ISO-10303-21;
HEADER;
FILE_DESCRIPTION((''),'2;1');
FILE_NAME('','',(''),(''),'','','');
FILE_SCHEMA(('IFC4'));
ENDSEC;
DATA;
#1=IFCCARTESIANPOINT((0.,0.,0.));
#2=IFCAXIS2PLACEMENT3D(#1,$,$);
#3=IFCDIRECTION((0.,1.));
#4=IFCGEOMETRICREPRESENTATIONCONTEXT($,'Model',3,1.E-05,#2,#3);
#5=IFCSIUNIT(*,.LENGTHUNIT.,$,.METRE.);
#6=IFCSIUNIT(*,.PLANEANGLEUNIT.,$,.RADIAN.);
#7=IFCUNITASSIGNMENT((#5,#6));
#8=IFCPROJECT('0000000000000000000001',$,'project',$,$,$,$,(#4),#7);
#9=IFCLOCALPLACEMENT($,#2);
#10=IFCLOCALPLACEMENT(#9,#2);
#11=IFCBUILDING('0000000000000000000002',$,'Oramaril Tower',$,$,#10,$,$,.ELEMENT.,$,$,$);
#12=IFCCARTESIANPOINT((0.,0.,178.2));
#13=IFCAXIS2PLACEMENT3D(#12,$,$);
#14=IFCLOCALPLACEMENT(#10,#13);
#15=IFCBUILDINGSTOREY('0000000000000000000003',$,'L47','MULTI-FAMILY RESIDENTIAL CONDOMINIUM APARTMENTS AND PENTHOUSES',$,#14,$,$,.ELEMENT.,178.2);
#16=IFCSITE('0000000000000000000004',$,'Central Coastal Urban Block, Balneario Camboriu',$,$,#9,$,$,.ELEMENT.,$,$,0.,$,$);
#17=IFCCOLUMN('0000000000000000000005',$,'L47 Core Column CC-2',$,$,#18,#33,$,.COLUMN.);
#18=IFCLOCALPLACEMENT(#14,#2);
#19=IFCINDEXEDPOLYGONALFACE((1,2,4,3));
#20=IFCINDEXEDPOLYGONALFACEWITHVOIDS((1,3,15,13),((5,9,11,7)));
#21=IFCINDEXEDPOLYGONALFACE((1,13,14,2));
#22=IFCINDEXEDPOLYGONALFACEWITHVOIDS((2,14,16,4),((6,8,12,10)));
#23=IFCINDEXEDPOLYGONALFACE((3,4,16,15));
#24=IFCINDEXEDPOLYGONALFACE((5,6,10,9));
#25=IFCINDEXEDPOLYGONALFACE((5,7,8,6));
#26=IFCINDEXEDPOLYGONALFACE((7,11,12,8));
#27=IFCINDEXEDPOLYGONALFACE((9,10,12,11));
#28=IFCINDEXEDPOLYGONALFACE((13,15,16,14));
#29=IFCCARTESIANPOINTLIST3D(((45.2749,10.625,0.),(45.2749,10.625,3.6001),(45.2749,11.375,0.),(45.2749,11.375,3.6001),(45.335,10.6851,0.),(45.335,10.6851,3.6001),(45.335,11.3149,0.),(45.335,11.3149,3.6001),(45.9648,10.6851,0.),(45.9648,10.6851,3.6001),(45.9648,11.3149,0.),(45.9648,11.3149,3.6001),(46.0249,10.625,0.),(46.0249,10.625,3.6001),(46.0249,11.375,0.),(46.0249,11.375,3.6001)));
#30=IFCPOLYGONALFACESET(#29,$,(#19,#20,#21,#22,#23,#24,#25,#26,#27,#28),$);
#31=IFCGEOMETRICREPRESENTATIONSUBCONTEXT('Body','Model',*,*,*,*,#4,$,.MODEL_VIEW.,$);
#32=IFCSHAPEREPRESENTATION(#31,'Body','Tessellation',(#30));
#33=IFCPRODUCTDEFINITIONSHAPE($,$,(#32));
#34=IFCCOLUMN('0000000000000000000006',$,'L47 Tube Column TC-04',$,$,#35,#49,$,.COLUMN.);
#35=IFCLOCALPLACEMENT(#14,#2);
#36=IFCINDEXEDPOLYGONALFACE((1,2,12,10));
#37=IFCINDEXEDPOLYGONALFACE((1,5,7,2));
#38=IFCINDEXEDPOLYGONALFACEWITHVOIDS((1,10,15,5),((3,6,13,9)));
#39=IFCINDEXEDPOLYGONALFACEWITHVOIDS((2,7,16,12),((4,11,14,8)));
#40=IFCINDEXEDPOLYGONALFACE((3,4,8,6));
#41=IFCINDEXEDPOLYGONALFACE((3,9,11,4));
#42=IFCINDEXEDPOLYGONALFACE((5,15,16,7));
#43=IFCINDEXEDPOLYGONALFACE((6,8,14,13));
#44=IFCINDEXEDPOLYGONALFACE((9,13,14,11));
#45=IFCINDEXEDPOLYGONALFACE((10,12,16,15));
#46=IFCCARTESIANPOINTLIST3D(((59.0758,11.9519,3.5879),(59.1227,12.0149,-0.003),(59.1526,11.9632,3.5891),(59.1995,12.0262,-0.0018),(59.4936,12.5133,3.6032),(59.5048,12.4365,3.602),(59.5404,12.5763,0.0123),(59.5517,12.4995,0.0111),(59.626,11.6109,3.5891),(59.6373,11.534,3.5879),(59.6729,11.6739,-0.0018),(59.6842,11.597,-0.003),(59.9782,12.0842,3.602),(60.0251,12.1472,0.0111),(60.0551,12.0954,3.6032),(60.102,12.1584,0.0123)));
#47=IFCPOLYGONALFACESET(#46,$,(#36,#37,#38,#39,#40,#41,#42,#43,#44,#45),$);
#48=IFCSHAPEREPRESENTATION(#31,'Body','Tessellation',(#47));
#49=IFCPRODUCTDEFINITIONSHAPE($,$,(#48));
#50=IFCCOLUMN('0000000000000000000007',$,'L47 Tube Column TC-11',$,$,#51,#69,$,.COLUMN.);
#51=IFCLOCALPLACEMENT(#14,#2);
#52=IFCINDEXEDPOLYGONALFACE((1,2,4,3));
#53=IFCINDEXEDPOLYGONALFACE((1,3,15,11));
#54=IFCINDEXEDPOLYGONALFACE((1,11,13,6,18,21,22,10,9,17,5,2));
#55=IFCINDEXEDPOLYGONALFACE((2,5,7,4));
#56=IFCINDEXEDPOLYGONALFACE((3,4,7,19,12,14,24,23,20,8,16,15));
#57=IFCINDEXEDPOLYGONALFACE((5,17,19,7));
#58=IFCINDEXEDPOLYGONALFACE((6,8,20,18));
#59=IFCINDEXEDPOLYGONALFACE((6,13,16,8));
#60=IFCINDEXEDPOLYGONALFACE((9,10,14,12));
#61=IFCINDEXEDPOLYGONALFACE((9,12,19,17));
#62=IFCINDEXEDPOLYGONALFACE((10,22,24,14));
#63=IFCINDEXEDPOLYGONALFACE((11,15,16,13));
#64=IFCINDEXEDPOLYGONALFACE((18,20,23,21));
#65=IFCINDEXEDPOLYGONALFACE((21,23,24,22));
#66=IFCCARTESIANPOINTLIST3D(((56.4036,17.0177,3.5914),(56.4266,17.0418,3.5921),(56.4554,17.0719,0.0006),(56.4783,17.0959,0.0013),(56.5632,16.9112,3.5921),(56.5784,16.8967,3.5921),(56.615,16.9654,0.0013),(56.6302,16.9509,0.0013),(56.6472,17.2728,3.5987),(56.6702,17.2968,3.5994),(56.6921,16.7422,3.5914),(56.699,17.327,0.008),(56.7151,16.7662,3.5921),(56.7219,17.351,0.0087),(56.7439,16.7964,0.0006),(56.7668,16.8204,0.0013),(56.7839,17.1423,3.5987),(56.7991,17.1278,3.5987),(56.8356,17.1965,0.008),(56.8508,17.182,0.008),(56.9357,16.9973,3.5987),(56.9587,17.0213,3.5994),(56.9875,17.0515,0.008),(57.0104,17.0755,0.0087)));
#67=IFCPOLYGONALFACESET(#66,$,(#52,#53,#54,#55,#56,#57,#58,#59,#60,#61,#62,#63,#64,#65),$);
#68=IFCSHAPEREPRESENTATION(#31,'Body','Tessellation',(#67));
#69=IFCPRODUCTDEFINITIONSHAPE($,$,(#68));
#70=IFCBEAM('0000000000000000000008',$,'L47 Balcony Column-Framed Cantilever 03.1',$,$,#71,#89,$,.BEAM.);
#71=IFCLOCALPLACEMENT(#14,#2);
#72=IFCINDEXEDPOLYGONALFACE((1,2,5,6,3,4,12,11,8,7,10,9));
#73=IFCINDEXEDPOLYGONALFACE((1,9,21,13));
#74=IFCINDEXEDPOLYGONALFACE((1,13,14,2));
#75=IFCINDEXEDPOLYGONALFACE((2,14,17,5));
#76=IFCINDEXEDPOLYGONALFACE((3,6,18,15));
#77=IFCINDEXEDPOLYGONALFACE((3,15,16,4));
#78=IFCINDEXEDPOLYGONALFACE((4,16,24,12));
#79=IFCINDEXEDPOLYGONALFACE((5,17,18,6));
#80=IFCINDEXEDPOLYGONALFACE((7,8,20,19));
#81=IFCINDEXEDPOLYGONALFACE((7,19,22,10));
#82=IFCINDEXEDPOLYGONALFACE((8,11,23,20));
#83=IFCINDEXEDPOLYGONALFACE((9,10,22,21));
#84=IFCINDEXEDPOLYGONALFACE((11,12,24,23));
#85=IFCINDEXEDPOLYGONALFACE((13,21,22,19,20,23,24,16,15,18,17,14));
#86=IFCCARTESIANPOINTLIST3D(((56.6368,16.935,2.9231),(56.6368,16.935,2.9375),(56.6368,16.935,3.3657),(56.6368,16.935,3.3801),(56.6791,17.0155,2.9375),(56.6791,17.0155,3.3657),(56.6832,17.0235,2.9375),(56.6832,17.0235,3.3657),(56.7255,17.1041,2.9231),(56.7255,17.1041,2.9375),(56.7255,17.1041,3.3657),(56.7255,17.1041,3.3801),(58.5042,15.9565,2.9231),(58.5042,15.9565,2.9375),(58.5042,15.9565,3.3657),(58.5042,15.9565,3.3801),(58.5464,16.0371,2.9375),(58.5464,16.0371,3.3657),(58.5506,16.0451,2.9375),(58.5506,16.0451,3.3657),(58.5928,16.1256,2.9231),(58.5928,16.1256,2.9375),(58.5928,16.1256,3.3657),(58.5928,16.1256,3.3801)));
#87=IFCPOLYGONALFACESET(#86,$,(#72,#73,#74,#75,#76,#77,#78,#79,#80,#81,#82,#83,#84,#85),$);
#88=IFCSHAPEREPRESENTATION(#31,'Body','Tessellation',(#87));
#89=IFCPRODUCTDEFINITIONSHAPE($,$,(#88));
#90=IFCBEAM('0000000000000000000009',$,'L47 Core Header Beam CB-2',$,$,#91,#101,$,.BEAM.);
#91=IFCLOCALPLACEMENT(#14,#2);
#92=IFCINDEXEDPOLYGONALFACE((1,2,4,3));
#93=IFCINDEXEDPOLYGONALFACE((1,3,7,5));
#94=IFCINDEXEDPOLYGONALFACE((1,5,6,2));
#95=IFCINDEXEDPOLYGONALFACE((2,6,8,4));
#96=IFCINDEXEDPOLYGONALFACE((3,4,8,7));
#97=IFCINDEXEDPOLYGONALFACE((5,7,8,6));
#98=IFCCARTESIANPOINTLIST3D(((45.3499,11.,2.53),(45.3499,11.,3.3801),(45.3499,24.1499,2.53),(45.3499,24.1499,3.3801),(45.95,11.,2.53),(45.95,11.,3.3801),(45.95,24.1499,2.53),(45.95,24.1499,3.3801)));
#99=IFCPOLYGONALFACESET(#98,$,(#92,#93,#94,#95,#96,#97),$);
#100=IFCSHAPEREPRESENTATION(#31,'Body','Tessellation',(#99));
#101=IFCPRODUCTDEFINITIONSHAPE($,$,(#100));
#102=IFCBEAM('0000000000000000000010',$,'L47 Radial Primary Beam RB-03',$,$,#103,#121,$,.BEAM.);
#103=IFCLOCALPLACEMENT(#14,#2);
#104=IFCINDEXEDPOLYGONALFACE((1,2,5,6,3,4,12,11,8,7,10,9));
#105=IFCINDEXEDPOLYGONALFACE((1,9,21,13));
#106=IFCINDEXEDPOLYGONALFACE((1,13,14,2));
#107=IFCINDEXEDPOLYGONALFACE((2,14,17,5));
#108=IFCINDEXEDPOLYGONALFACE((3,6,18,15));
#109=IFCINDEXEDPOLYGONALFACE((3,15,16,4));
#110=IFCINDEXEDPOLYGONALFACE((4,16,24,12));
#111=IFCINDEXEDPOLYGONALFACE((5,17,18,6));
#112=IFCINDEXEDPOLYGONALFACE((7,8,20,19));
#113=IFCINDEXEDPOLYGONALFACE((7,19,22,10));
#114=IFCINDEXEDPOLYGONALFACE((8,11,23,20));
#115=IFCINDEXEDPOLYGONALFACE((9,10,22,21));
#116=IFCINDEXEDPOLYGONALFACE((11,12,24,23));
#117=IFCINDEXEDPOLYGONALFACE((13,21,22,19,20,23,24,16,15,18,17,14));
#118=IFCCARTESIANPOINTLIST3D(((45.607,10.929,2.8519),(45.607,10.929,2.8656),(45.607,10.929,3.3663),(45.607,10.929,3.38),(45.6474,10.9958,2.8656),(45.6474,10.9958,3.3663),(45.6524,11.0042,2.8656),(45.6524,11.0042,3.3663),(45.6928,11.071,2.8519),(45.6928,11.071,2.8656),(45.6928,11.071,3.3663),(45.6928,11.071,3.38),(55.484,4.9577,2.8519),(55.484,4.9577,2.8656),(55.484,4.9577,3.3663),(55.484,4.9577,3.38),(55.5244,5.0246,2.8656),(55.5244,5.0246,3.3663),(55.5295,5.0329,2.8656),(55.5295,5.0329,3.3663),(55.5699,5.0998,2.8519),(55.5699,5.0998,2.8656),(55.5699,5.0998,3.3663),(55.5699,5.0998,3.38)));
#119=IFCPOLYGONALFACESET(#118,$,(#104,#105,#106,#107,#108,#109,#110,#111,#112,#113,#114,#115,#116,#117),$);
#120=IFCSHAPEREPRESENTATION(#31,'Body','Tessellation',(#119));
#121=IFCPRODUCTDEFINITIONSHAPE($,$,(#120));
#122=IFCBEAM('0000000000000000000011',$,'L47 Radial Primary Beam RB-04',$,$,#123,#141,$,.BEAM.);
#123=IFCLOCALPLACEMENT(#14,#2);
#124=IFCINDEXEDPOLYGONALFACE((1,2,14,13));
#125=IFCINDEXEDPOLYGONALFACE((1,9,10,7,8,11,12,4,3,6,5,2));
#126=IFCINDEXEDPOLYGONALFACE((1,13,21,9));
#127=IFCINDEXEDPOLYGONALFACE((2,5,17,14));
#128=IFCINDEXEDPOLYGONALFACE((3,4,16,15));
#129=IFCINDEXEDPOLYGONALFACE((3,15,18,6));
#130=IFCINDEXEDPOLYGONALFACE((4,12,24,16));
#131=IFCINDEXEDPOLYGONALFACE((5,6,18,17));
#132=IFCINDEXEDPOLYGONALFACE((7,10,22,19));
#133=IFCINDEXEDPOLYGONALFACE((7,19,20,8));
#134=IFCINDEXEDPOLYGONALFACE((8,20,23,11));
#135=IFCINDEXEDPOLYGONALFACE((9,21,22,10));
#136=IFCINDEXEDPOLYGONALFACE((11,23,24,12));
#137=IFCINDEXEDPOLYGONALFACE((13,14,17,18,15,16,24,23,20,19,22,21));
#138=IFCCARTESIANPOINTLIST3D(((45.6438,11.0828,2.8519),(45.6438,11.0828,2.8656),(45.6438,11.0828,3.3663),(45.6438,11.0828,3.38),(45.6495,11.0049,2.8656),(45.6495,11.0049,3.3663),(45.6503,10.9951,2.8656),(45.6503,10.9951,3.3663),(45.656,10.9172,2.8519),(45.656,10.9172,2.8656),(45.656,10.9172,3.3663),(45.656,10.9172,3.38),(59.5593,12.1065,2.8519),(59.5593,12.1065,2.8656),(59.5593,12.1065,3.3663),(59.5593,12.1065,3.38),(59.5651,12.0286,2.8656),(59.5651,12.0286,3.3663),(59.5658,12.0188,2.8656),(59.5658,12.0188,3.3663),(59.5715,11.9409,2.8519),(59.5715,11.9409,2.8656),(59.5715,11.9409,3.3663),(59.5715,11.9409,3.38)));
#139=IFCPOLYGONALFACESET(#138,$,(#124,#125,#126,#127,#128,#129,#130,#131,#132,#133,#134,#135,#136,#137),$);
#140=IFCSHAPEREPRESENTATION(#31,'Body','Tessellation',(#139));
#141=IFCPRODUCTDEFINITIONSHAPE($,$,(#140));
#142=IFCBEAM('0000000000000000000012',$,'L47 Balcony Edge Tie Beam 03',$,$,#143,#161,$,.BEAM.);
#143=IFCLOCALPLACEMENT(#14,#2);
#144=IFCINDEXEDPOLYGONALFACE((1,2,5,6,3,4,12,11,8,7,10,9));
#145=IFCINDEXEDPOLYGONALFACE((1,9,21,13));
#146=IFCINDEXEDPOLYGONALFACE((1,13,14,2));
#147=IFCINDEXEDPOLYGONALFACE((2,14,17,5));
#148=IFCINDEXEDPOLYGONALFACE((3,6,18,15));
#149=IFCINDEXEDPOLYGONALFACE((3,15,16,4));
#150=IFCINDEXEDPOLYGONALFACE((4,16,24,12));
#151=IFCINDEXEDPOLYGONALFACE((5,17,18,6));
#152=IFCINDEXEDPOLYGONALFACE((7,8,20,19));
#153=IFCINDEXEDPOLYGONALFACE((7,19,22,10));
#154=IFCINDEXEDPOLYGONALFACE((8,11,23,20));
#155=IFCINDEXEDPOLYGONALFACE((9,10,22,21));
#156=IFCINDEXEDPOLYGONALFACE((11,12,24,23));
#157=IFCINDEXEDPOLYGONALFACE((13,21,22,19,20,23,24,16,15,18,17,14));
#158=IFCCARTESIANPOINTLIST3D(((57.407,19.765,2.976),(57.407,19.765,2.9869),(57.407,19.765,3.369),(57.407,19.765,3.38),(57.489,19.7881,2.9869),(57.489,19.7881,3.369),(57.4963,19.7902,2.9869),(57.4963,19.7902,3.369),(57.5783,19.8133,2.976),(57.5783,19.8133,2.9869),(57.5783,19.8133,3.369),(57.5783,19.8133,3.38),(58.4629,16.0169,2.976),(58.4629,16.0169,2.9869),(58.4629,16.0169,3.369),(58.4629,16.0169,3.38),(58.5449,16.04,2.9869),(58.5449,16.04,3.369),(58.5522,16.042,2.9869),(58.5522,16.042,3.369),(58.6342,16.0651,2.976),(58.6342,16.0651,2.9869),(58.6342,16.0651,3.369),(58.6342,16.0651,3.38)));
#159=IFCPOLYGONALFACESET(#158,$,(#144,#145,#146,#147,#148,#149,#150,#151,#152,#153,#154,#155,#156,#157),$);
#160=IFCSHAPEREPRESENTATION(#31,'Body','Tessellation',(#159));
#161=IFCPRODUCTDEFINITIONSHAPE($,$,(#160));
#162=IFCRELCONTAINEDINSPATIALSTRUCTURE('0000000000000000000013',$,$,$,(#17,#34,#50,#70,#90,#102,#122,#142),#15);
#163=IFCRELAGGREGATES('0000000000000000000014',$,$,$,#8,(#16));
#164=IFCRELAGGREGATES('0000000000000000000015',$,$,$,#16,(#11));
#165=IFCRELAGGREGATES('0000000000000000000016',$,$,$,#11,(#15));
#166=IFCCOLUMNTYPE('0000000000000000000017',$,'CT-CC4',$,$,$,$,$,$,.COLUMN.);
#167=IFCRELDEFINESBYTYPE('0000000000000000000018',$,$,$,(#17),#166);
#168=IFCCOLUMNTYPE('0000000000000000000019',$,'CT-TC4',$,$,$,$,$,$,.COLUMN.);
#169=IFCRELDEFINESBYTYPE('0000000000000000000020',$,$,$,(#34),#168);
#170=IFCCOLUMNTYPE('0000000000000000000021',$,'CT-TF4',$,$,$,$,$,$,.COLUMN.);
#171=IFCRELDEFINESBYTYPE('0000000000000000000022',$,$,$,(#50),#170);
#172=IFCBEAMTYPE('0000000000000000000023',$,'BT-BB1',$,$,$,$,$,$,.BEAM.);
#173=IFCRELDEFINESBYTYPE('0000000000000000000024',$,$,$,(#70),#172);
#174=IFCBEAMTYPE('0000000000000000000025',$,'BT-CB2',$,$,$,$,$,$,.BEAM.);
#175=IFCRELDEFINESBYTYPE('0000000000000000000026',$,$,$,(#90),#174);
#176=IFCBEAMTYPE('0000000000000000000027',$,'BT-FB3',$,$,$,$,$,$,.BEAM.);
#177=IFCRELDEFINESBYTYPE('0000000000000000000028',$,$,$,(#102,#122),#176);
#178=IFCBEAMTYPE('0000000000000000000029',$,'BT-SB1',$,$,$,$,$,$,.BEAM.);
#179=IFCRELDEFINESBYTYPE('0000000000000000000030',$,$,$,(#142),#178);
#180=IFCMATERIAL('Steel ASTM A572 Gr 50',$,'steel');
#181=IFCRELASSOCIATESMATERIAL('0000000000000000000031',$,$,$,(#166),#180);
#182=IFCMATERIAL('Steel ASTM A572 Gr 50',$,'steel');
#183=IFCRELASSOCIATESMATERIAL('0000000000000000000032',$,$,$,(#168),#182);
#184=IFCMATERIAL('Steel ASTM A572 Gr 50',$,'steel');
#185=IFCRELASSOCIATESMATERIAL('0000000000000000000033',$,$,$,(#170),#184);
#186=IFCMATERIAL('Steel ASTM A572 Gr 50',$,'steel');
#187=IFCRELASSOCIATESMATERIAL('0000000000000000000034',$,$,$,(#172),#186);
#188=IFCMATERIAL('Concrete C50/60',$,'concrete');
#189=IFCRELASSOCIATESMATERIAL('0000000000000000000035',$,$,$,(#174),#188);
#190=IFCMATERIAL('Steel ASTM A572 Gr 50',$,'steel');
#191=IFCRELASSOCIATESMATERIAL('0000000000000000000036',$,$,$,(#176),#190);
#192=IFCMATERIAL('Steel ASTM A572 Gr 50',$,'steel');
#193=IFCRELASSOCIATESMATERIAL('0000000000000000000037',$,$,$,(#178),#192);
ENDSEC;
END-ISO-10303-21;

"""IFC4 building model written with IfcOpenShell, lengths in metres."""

from ifc_helpers import new_model, si_unit, direction, frame, origin, origin_2d, place, context, subcontext, project, spatial, rectangle, hollow_rectangle, i_section, extrude, material, material_profile, profile_set, type_object, element, save


model = new_model("IFC4")

# Units and contexts
model_context = context("Model", 3, precision=1e-05, world=origin(), true_north=direction((0.0, 1.0)))
body_context = subcontext(model_context, "Body", "Model", "MODEL_VIEW")
ifc_project = project(units=[si_unit("LENGTHUNIT", "METRE"), si_unit("PLANEANGLEUNIT", "RADIAN")], contexts=[model_context])

# Site, building, storey
site_placement = place(None, origin())
site = spatial("IfcSite", under=ifc_project, at=site_placement, Name="Central Coastal Urban Block, Balneario Camboriu", CompositionType="ELEMENT", RefElevation=0.0)
building_placement = place(site_placement, origin())
building = spatial("IfcBuilding", under=site, at=building_placement, Name="Oramaril Tower", CompositionType="ELEMENT")
storey_placement = place(building_placement, frame((0.0, 0.0, 178.2)))
storey = spatial("IfcBuildingStorey", under=building, at=storey_placement, Name="L47", Description="MULTI-FAMILY RESIDENTIAL CONDOMINIUM APARTMENTS AND PENTHOUSES", CompositionType="ELEMENT", Elevation=178.2)

# Columns
ifc_material_1 = material(Name="Steel ASTM A572 Gr 50", Category="steel")
ifc_material_profile_1 = material_profile(ifc_material_1, hollow_rectangle(XDim=0.75, YDim=0.75, WallThickness=0.0601, at=origin_2d()), Name="BOX750X750X60")
ifc_profile_set_1 = profile_set([ifc_material_profile_1], Name="Steel ASTM A572 Gr 50")
column_type_1 = type_object("IfcColumnType", Name="CT-CC4", PredefinedType="COLUMN", material=ifc_profile_set_1)
column_1_placement = place(storey_placement, frame((45.6499, 11.0, 0.0), z_axis=(0.0, 0.0, 1.0), x_axis=(1.0, 0.0, 0.0)))
element("IfcColumn", 1, at=column_1_placement, inside=storey, type_object=column_type_1, Name="L47 Core Column CC-2", PredefinedType="COLUMN", context=body_context, shape_type="SweptSolid", body=[
    extrude(hollow_rectangle(XDim=0.75, YDim=0.75, WallThickness=0.0601, at=origin_2d()), origin(), (0.0, 0.0, 1.0), 3.6001),
])
ifc_material_2 = material(Name="Steel ASTM A572 Gr 50", Category="steel")
ifc_material_profile_2 = material_profile(ifc_material_2, hollow_rectangle(XDim=0.7, YDim=0.7, WallThickness=0.0549, at=origin_2d()), Name="BOX700X700X55")
ifc_profile_set_2 = profile_set([ifc_material_profile_2], Name="Steel ASTM A572 Gr 50")
column_type_2 = type_object("IfcColumnType", Name="CT-TC4", PredefinedType="COLUMN", material=ifc_profile_set_2)
column_2_placement = place(storey_placement, frame((59.6123, 12.0867, 0.0046), z_axis=(-0.013051, -0.017537, 0.999761), x_axis=(0.802233, -0.597011, 0.0)))
element("IfcColumn", 2, at=column_2_placement, inside=storey, type_object=column_type_2, Name="L47 Tube Column TC-04", PredefinedType="COLUMN", context=body_context, shape_type="SweptSolid", body=[
    extrude(hollow_rectangle(XDim=0.7, YDim=0.7, WallThickness=0.0549, at=origin_2d()), origin(), (0.0, 0.0, 1.0), 3.5918),
])
ifc_material_3 = material(Name="Steel ASTM A572 Gr 50", Category="steel")
ifc_material_profile_3 = material_profile(ifc_material_3, i_section(OverallWidth=0.3989, OverallDepth=0.386, WebThickness=0.021, FlangeThickness=0.0332, at=origin_2d()), Name="W14X176")
ifc_profile_set_3 = profile_set([ifc_material_profile_3], Name="Steel ASTM A572 Gr 50")
column_type_3 = type_object("IfcColumnType", Name="CT-TF4", PredefinedType="COLUMN", material=ifc_profile_set_3)
column_3_placement = place(storey_placement, frame((56.7329, 17.0737, 0.0046), z_axis=(-0.014411, -0.015091, 0.999782), x_axis=(0.723208, -0.690631, 0.0)))
element("IfcColumn", 3, at=column_3_placement, inside=storey, type_object=column_type_3, Name="L47 Tube Column TC-11", PredefinedType="COLUMN", context=body_context, shape_type="SweptSolid", body=[
    extrude(i_section(OverallWidth=0.3989, OverallDepth=0.386, WebThickness=0.021, FlangeThickness=0.0332, at=origin_2d()), origin(), (0.0, 0.0, 1.0), 3.5916),
])

# Beams
ifc_material_4 = material(Name="Steel ASTM A572 Gr 50", Category="steel")
ifc_material_profile_4 = material_profile(ifc_material_4, i_section(OverallWidth=0.1909, OverallDepth=0.457, WebThickness=0.009, FlangeThickness=0.0144, at=origin_2d()), Name="W18X50")
ifc_profile_set_4 = profile_set([ifc_material_profile_4], Name="Steel ASTM A572 Gr 50")
beam_type_1 = type_object("IfcBeamType", Name="BT-BB1", PredefinedType="BEAM", material=ifc_profile_set_4)
beam_1_placement = place(storey_placement, frame((56.6812, 17.0195, 3.1516), z_axis=(0.885766, -0.464132, 0.0), x_axis=(0.464132, 0.885766, 0.0)))
element("IfcBeam", 4, at=beam_1_placement, inside=storey, type_object=beam_type_1, Name="L47 Balcony Column-Framed Cantilever 03.1", PredefinedType="BEAM", context=body_context, shape_type="SweptSolid", body=[
    extrude(i_section(OverallWidth=0.1909, OverallDepth=0.457, WebThickness=0.009, FlangeThickness=0.0144, at=origin_2d()), origin(), (0.0, 0.0, 1.0), 2.1082),
])
ifc_material_5 = material(Name="Concrete C50/60", Category="concrete")
ifc_material_profile_5 = material_profile(ifc_material_5, rectangle(XDim=0.6001, YDim=0.8501, at=origin_2d()), Name="CB600X850")
ifc_profile_set_5 = profile_set([ifc_material_profile_5], Name="Concrete C50/60")
beam_type_2 = type_object("IfcBeamType", Name="BT-CB2", PredefinedType="BEAM", material=ifc_profile_set_5)
beam_2_placement = place(storey_placement, frame((45.6499, 11.0, 2.9551), z_axis=(0.0, 1.0, 0.0), x_axis=(-1.0, 0.0, 0.0)))
element("IfcBeam", 5, at=beam_2_placement, inside=storey, type_object=beam_type_2, Name="L47 Core Header Beam CB-2", PredefinedType="BEAM", context=body_context, shape_type="SweptSolid", body=[
    extrude(rectangle(XDim=0.6001, YDim=0.8501, at=origin_2d()), origin(), (0.0, 0.0, 1.0), 13.1499),
])
ifc_material_6 = material(Name="Steel ASTM A572 Gr 50", Category="steel")
ifc_material_profile_6 = material_profile(ifc_material_6, i_section(OverallWidth=0.166, OverallDepth=0.5281, WebThickness=0.0098, FlangeThickness=0.0137, at=origin_2d()), Name="W21X50")
ifc_profile_set_6 = profile_set([ifc_material_profile_6], Name="Steel ASTM A572 Gr 50")
beam_type_3 = type_object("IfcBeamType", Name="BT-FB3", PredefinedType="BEAM", material=ifc_profile_set_6)
beam_3_placement = place(storey_placement, frame((45.6499, 11.0, 3.116), z_axis=(0.855767, -0.517361, 0.0), x_axis=(0.517361, 0.855767, 0.0)))
element("IfcBeam", 6, at=beam_3_placement, inside=storey, type_object=beam_type_3, Name="L47 Radial Primary Beam RB-03", PredefinedType="BEAM", context=body_context, shape_type="SweptSolid", body=[
    extrude(i_section(OverallWidth=0.166, OverallDepth=0.5281, WebThickness=0.0098, FlangeThickness=0.0137, at=origin_2d()), origin(), (0.0, 0.0, 1.0), 11.5417),
])
beam_4_placement = place(storey_placement, frame((45.6499, 11.0, 3.116), z_axis=(0.997305, 0.073366, 0.0), x_axis=(-0.073366, 0.997305, 0.0)))
element("IfcBeam", 7, at=beam_4_placement, inside=storey, type_object=beam_type_3, Name="L47 Radial Primary Beam RB-04", PredefinedType="BEAM", context=body_context, shape_type="SweptSolid", body=[
    extrude(i_section(OverallWidth=0.166, OverallDepth=0.5281, WebThickness=0.0098, FlangeThickness=0.0137, at=origin_2d()), origin(), (0.0, 0.0, 1.0), 13.9531),
])
ifc_material_7 = material(Name="Steel ASTM A572 Gr 50", Category="steel")
ifc_material_profile_7 = material_profile(ifc_material_7, i_section(OverallWidth=0.178, OverallDepth=0.4041, WebThickness=0.0076, FlangeThickness=0.011, at=origin_2d()), Name="W16X36")
ifc_profile_set_7 = profile_set([ifc_material_profile_7], Name="Steel ASTM A572 Gr 50")
beam_type_4 = type_object("IfcBeamType", Name="BT-SB1", PredefinedType="BEAM", material=ifc_profile_set_7)
beam_5_placement = place(storey_placement, frame((58.5486, 16.041, 3.178), z_axis=(-0.271167, 0.962532, 0.0), x_axis=(-0.962532, -0.271167, 0.0)))
element("IfcBeam", 8, at=beam_5_placement, inside=storey, type_object=beam_type_4, Name="L47 Balcony Edge Tie Beam 03", PredefinedType="BEAM", context=body_context, shape_type="SweptSolid", body=[
    extrude(i_section(OverallWidth=0.178, OverallDepth=0.4041, WebThickness=0.0076, FlangeThickness=0.011, at=origin_2d()), origin(), (0.0, 0.0, 1.0), 3.894),
])

save(model, "model.ifc")
